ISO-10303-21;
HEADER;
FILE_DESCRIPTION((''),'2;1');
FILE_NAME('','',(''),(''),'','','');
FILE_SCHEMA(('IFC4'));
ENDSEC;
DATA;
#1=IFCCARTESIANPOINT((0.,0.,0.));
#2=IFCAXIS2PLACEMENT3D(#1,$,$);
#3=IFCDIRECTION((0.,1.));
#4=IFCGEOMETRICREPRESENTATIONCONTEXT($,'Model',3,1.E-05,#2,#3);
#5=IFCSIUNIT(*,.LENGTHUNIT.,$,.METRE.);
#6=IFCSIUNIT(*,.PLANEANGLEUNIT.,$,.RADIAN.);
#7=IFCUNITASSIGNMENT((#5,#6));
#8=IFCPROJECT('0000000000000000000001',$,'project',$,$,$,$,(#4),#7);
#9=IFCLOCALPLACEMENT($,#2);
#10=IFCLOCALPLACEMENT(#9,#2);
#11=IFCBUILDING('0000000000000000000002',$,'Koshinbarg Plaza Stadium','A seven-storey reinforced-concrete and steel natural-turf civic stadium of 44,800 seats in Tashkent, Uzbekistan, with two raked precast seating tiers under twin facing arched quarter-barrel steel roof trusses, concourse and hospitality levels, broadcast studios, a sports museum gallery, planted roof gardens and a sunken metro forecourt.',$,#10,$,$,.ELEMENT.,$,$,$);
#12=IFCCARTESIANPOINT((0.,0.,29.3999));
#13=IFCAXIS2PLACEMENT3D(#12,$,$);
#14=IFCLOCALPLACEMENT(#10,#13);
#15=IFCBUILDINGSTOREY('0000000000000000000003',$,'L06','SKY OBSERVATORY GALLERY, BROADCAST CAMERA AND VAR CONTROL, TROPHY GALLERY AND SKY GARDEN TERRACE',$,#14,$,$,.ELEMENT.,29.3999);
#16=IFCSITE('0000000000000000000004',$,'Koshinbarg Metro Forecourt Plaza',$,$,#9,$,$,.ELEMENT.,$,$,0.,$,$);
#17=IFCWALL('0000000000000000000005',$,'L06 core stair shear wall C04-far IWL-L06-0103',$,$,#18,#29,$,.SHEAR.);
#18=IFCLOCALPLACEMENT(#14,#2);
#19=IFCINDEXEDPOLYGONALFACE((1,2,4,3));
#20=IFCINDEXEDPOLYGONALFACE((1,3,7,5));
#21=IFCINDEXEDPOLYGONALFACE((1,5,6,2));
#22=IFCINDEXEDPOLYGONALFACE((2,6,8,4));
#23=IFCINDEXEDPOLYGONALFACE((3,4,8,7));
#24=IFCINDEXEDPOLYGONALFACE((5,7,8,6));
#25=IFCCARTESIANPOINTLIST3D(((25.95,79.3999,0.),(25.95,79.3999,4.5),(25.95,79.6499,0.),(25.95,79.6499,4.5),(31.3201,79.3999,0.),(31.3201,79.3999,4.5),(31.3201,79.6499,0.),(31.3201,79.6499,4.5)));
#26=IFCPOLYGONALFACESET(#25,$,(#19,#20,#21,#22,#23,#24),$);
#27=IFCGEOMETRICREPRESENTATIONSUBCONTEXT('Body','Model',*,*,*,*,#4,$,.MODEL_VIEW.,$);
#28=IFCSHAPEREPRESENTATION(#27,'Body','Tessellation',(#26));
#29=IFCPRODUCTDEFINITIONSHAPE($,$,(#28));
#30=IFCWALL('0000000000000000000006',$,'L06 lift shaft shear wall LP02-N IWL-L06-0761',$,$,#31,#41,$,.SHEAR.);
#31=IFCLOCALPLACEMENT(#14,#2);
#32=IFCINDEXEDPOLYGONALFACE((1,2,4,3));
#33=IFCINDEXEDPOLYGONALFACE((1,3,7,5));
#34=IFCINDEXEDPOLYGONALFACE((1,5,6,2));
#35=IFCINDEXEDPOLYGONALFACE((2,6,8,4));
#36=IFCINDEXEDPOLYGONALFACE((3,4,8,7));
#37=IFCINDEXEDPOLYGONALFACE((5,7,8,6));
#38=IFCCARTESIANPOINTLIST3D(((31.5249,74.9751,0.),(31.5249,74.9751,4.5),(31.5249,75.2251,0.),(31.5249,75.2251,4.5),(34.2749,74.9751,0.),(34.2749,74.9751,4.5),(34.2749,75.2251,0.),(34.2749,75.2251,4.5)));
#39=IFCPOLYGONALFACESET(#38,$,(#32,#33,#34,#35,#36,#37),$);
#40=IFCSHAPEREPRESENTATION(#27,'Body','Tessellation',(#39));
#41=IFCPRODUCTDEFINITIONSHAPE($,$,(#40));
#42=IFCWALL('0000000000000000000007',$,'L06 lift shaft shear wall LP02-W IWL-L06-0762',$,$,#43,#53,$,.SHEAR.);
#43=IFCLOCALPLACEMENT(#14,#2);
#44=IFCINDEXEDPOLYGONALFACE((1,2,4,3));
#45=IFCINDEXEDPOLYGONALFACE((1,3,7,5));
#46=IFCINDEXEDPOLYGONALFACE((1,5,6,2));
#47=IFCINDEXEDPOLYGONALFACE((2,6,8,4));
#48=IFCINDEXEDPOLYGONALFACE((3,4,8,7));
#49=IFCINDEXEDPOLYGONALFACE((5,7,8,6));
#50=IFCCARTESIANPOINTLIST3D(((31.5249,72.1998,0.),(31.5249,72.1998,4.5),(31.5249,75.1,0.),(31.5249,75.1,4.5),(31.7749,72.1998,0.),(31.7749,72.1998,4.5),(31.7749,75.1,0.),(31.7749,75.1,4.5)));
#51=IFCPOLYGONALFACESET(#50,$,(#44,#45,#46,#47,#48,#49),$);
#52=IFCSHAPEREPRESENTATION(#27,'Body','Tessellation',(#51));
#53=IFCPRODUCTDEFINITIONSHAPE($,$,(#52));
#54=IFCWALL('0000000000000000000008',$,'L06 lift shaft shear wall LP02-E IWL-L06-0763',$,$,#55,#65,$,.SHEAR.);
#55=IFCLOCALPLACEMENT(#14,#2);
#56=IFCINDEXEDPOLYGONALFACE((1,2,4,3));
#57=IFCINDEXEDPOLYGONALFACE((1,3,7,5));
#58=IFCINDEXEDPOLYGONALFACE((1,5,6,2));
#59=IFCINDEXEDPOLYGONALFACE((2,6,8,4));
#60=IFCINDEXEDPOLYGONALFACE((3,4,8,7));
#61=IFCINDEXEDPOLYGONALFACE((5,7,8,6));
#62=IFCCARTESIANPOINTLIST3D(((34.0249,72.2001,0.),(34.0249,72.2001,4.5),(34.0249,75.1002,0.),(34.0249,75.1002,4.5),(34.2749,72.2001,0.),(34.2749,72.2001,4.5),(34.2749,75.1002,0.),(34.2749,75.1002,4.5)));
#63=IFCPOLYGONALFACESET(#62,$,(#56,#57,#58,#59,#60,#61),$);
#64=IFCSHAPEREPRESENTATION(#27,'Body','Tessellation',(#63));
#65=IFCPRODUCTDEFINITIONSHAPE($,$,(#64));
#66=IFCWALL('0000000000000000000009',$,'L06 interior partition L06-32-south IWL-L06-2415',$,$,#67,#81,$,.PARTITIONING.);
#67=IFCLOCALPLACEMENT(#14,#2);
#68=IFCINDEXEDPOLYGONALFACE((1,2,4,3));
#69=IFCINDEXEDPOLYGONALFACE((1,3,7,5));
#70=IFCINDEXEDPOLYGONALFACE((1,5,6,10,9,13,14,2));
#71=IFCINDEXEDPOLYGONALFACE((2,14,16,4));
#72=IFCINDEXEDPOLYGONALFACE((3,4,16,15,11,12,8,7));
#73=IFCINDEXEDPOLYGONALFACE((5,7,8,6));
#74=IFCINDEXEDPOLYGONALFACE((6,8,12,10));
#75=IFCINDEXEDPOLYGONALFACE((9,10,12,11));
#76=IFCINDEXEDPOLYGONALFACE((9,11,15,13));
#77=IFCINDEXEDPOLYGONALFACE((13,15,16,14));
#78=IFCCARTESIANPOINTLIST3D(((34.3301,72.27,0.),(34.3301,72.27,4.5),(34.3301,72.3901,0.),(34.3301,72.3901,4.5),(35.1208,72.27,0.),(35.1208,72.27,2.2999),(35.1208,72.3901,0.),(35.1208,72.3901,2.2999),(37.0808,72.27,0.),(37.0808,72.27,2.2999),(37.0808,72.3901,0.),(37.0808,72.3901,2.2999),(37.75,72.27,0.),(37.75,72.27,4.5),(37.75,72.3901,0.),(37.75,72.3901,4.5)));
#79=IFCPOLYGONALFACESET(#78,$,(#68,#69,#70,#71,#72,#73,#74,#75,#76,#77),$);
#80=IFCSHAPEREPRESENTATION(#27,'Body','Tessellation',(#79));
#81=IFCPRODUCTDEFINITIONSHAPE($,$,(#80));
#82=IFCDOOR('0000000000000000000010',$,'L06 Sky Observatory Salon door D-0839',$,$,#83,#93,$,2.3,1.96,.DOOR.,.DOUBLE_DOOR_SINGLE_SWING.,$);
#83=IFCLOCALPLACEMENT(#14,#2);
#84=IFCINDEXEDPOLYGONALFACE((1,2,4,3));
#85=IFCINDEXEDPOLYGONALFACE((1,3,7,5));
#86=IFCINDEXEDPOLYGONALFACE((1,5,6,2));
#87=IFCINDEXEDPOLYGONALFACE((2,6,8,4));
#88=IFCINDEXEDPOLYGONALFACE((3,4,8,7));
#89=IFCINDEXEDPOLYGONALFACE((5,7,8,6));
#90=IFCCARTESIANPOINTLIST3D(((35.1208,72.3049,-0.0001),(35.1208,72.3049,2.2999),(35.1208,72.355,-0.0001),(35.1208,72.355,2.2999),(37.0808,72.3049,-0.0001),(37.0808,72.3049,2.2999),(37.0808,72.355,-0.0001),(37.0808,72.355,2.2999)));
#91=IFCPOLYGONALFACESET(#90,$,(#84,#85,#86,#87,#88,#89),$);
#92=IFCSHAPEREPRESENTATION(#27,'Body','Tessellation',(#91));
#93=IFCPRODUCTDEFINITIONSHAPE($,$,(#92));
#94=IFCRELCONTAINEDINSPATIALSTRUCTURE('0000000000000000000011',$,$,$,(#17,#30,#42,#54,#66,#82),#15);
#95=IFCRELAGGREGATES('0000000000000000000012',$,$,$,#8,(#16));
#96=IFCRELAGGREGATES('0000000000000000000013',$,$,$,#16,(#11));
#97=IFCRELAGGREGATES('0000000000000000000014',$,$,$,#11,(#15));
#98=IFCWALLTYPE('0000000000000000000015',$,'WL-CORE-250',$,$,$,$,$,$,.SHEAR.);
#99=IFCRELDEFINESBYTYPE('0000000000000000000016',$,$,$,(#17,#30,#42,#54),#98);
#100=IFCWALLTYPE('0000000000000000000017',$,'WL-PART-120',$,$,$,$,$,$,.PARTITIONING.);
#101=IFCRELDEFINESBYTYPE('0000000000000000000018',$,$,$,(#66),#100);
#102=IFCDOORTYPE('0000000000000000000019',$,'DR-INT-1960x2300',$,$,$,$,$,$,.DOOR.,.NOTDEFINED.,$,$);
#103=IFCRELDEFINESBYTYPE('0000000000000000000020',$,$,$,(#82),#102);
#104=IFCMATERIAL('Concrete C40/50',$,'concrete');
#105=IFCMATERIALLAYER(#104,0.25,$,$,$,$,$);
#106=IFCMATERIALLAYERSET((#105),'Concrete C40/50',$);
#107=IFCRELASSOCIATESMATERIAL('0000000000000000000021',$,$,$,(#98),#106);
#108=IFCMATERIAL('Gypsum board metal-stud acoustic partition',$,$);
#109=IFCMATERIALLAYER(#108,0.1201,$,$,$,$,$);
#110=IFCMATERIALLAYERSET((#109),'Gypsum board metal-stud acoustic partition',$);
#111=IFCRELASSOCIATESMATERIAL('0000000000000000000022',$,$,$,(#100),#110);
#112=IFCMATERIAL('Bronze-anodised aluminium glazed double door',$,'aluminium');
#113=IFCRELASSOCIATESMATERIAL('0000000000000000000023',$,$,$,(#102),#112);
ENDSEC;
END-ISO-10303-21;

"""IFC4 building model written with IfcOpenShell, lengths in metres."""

from ifc_helpers import new_model, si_unit, direction, frame, frame_2d, origin, place, context, subcontext, project, spatial, rectangle, extrude, material, layer, layer_set, type_object, element, fill, save


model = new_model("IFC4")

# Units and contexts
model_context = context("Model", 3, precision=1e-05, world=origin(), true_north=direction((0.0, 1.0)))
body_context = subcontext(model_context, "Body", "Model", "MODEL_VIEW")
ifc_project = project(units=[si_unit("LENGTHUNIT", "METRE"), si_unit("PLANEANGLEUNIT", "RADIAN")], contexts=[model_context])

# Site, building, storey
site_placement = place(None, origin())
site = spatial("IfcSite", under=ifc_project, at=site_placement, Name="Koshinbarg Metro Forecourt Plaza", CompositionType="ELEMENT", RefElevation=0.0)
building_placement = place(site_placement, origin())
building = spatial("IfcBuilding", under=site, at=building_placement, Name="Koshinbarg Plaza Stadium", Description="A seven-storey reinforced-concrete and steel natural-turf civic stadium of 44,800 seats in Tashkent, Uzbekistan, with two raked precast seating tiers under twin facing arched quarter-barrel steel roof trusses, concourse and hospitality levels, broadcast studios, a sports museum gallery, planted roof gardens and a sunken metro forecourt.", CompositionType="ELEMENT")
storey_placement = place(building_placement, frame((0.0, 0.0, 29.3999)))
storey = spatial("IfcBuildingStorey", under=building, at=storey_placement, Name="L06", Description="SKY OBSERVATORY GALLERY, BROADCAST CAMERA AND VAR CONTROL, TROPHY GALLERY AND SKY GARDEN TERRACE", CompositionType="ELEMENT", Elevation=29.3999)

# Shared definitions
ifc_material_1 = material(Name="Concrete C40/50", Category="concrete")

# Wall
ifc_layer_1 = layer(ifc_material_1, 0.25)
ifc_layer_set_1 = layer_set([ifc_layer_1], Name="Concrete C40/50")
wall_type_1 = type_object("IfcWallType", Name="WL-CORE-250", PredefinedType="SHEAR", material=ifc_layer_set_1)
wall_1_placement = place(storey_placement, frame((31.3201, 79.5249, 0.0), z_axis=(0.0, 0.0, 1.0), x_axis=(-1.0, 0.0, 0.0)))
element("IfcWall", 1, at=wall_1_placement, inside=storey, type_object=wall_type_1, Name="L06 core stair shear wall C04-far IWL-L06-0103", PredefinedType="SHEAR", context=body_context, shape_type="SweptSolid", body=[
    extrude(rectangle(XDim=5.3701, YDim=0.25, at=frame_2d((2.6851, 0.0))), origin(), (0.0, 0.0, 1.0), 4.5),
])

# Walls
wall_2_placement = place(storey_placement, frame((34.2749, 75.1001, 0.0), z_axis=(0.0, 0.0, 1.0), x_axis=(-1.0, 0.0, 0.0)))
element("IfcWall", 2, at=wall_2_placement, inside=storey, type_object=wall_type_1, Name="L06 lift shaft shear wall LP02-N IWL-L06-0761", PredefinedType="SHEAR", context=body_context, shape_type="SweptSolid", body=[
    extrude(rectangle(XDim=2.75, YDim=0.25, at=frame_2d((1.375, 0.0))), origin(), (0.0, 0.0, 1.0), 4.5),
])
for number, where, z_axis, x_axis, name in (
    (3, (31.6499, 75.1001, 0.0), (0.0, 0.0, 1.0), (0.0, -1.0, 0.0), "L06 lift shaft shear wall LP02-W IWL-L06-0762"),
    (4, (34.1499, 72.2, 0.0), (0.0, 0.0, 1.0), (0.0, 1.0, 0.0), "L06 lift shaft shear wall LP02-E IWL-L06-0763"),
):
    element("IfcWall", number, at=place(storey_placement, frame(where, z_axis=z_axis, x_axis=x_axis)), inside=storey, type_object=wall_type_1, Name=name, PredefinedType="SHEAR", context=body_context, shape_type="SweptSolid", body=[
        extrude(rectangle(XDim=2.9001, YDim=0.25, at=frame_2d((1.4502, 0.0))), origin(), (0.0, 0.0, 1.0), 4.5),
    ])

# Wall, opening, door
ifc_material_2 = material(Name="Gypsum board metal-stud acoustic partition")
ifc_layer_2 = layer(ifc_material_2, 0.1201)
ifc_layer_set_2 = layer_set([ifc_layer_2], Name="Gypsum board metal-stud acoustic partition")
wall_type_2 = type_object("IfcWallType", Name="WL-PART-120", PredefinedType="PARTITIONING", material=ifc_layer_set_2)
wall_3_placement = place(storey_placement, frame((34.3301, 72.3301, 0.0), z_axis=(0.0, 0.0, 1.0), x_axis=(1.0, 0.0, 0.0)))
wall_3 = element("IfcWall", 5, at=wall_3_placement, inside=storey, type_object=wall_type_2, Name="L06 interior partition L06-32-south IWL-L06-2415", PredefinedType="PARTITIONING", context=body_context, shape_type="SweptSolid", body=[
    extrude(rectangle(XDim=3.4199, YDim=0.1201, at=frame_2d((1.71, 0.0))), origin(), (0.0, 0.0, 1.0), 4.5),
])
opening_1_placement = place(wall_3_placement, frame((0.7908, 0.0, 0.0)))
opening_1 = element("IfcOpeningElement", 6, at=opening_1_placement, cuts=wall_3, PredefinedType="OPENING", context=body_context, shape_type="SweptSolid", body=[
    extrude(rectangle(XDim=1.96, YDim=2.3, at=frame_2d((0.98, 1.1499))), frame((0.0, 0.0701, 0.0), z_axis=(0.0, -1.0, 0.0), x_axis=(1.0, 0.0, 0.0)), (0.0, 0.0, 1.0), 0.1401),
])
ifc_material_3 = material(Name="Bronze-anodised aluminium glazed double door", Category="aluminium")
door_type_1 = type_object("IfcDoorType", Name="DR-INT-1960x2300", OperationType="NOTDEFINED", PredefinedType="DOOR", material=ifc_material_3)
door_1_placement = place(opening_1_placement, origin())
door_1 = element("IfcDoor", 7, at=door_1_placement, inside=storey, type_object=door_type_1, Name="L06 Sky Observatory Salon door D-0839", OperationType="DOUBLE_DOOR_SINGLE_SWING", OverallHeight=2.3, OverallWidth=1.96, PredefinedType="DOOR", context=body_context, shape_type="SweptSolid", body=[
    extrude(rectangle(XDim=1.96, YDim=2.3, at=frame_2d((0.98, 1.1499))), frame((0.0, 0.0249, 0.0), z_axis=(0.0, -1.0, 0.0), x_axis=(1.0, 0.0, 0.0)), (0.0, 0.0, 1.0), 0.05),
])
fill(opening_1, door_1)

save(model, "model.ifc")
